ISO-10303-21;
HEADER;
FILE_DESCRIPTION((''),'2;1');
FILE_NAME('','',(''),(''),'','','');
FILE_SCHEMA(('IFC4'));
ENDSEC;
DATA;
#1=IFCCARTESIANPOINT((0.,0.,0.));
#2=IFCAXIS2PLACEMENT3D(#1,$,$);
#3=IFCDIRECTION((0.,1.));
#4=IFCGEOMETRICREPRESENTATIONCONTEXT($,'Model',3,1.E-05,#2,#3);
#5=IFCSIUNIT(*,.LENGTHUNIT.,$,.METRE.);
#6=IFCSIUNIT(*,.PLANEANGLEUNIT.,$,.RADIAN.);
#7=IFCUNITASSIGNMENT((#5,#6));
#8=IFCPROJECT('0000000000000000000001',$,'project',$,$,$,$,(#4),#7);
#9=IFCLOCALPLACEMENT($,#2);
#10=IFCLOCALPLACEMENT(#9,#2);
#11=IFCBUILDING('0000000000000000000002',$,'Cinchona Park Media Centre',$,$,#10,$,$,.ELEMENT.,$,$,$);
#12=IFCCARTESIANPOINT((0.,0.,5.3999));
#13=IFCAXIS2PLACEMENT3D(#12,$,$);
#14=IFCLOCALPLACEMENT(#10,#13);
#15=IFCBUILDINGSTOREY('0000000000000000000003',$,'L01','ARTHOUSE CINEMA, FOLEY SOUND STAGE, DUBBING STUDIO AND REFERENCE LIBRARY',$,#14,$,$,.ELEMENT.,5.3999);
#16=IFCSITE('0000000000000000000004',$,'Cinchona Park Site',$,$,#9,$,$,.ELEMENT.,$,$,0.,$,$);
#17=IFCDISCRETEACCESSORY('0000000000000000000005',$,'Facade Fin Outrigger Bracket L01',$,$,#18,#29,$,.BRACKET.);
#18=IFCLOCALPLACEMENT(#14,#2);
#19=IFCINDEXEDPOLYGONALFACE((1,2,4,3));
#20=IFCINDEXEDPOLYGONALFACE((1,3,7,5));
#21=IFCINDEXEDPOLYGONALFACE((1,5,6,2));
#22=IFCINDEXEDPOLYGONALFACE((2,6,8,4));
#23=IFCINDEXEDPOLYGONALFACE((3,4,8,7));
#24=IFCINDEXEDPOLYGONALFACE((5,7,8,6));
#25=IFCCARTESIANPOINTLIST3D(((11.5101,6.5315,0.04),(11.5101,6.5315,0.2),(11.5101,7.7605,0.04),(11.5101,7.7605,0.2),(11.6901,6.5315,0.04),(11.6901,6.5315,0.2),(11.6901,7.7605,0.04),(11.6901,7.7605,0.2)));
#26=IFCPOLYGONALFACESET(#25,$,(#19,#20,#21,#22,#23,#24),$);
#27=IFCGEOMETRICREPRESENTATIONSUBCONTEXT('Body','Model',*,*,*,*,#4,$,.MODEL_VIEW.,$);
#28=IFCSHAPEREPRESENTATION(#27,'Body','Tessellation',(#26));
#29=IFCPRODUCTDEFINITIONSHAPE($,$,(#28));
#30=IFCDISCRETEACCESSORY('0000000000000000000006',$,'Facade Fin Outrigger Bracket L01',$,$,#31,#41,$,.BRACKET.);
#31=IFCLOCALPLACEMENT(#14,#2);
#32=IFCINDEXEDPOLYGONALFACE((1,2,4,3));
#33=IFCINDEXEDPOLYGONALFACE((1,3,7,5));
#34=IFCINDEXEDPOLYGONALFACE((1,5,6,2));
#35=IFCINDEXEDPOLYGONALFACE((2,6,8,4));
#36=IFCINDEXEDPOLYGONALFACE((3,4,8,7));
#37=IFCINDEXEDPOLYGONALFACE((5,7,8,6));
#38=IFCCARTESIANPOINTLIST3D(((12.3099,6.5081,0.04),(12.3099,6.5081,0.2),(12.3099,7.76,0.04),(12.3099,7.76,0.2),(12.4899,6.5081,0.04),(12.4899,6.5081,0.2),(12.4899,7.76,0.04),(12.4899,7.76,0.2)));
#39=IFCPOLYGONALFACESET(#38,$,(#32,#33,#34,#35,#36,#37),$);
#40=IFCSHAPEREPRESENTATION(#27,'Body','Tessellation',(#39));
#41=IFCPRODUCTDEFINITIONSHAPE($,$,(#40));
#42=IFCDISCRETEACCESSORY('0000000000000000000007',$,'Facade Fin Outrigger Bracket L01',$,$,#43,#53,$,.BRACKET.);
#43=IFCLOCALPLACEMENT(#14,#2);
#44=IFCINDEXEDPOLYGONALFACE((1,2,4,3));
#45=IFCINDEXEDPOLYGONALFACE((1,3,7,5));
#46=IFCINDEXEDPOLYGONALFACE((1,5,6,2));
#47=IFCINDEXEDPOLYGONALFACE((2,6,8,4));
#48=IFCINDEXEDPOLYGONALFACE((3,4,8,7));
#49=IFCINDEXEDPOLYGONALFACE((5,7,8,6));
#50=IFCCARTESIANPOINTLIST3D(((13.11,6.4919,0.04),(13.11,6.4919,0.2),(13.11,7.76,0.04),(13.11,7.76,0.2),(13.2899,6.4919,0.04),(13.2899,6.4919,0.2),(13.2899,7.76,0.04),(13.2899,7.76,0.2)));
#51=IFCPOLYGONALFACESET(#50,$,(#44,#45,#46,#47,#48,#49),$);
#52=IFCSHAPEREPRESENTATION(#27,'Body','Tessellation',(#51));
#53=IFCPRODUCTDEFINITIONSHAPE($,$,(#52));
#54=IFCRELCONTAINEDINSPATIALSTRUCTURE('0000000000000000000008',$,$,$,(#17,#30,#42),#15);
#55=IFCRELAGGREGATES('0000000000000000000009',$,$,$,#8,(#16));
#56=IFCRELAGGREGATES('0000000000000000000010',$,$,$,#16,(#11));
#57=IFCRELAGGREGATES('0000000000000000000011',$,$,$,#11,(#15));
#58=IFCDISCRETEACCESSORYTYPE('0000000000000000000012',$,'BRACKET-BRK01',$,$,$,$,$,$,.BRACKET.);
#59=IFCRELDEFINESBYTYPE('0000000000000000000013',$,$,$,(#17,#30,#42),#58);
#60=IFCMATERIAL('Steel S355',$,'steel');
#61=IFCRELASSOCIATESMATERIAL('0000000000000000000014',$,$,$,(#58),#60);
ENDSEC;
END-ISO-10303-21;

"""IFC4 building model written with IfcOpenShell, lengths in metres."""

from ifc_helpers import new_model, si_unit, direction, frame, origin, origin_2d, place, context, subcontext, project, spatial, rectangle, extrude, material, type_object, element, save


model = new_model("IFC4")

# Units and contexts
model_context = context("Model", 3, precision=1e-05, world=origin(), true_north=direction((0.0, 1.0)))
body_context = subcontext(model_context, "Body", "Model", "MODEL_VIEW")
ifc_project = project(units=[si_unit("LENGTHUNIT", "METRE"), si_unit("PLANEANGLEUNIT", "RADIAN")], contexts=[model_context])

# Site, building, storey
site_placement = place(None, origin())
site = spatial("IfcSite", under=ifc_project, at=site_placement, Name="Cinchona Park Site", CompositionType="ELEMENT", RefElevation=0.0)
building_placement = place(site_placement, origin())
building = spatial("IfcBuilding", under=site, at=building_placement, Name="Cinchona Park Media Centre", CompositionType="ELEMENT")
storey_placement = place(building_placement, frame((0.0, 0.0, 5.3999)))
storey = spatial("IfcBuildingStorey", under=building, at=storey_placement, Name="L01", Description="ARTHOUSE CINEMA, FOLEY SOUND STAGE, DUBBING STUDIO AND REFERENCE LIBRARY", CompositionType="ELEMENT", Elevation=5.3999)

# Discrete accessories
ifc_material_1 = material(Name="Steel S355", Category="steel")
discrete_accessory_type = type_object("IfcDiscreteAccessoryType", Name="BRACKET-BRK01", PredefinedType="BRACKET", material=ifc_material_1)
discrete_accessory_1_placement = place(storey_placement, frame((11.6001, 7.146, 0.04), z_axis=(0.0, 0.0, 1.0), x_axis=(1.0, 0.0, 0.0)))
element("IfcDiscreteAccessory", 1, at=discrete_accessory_1_placement, inside=storey, type_object=discrete_accessory_type, Name="Facade Fin Outrigger Bracket L01", PredefinedType="BRACKET", context=body_context, shape_type="SweptSolid", body=[
    extrude(rectangle(XDim=0.1799, YDim=1.229, at=origin_2d()), origin(), (0.0, 0.0, 1.0), 0.1599),
])
discrete_accessory_2_placement = place(storey_placement, frame((12.3999, 7.134, 0.04), z_axis=(0.0, 0.0, 1.0), x_axis=(1.0, 0.0, 0.0)))
element("IfcDiscreteAccessory", 2, at=discrete_accessory_2_placement, inside=storey, type_object=discrete_accessory_type, Name="Facade Fin Outrigger Bracket L01", PredefinedType="BRACKET", context=body_context, shape_type="SweptSolid", body=[
    extrude(rectangle(XDim=0.1799, YDim=1.252, at=origin_2d()), origin(), (0.0, 0.0, 1.0), 0.1599),
])
discrete_accessory_3_placement = place(storey_placement, frame((13.2, 7.126, 0.04), z_axis=(0.0, 0.0, 1.0), x_axis=(1.0, 0.0, 0.0)))
element("IfcDiscreteAccessory", 3, at=discrete_accessory_3_placement, inside=storey, type_object=discrete_accessory_type, Name="Facade Fin Outrigger Bracket L01", PredefinedType="BRACKET", context=body_context, shape_type="SweptSolid", body=[
    extrude(rectangle(XDim=0.1799, YDim=1.2681, at=origin_2d()), origin(), (0.0, 0.0, 1.0), 0.1599),
])

save(model, "model.ifc")
